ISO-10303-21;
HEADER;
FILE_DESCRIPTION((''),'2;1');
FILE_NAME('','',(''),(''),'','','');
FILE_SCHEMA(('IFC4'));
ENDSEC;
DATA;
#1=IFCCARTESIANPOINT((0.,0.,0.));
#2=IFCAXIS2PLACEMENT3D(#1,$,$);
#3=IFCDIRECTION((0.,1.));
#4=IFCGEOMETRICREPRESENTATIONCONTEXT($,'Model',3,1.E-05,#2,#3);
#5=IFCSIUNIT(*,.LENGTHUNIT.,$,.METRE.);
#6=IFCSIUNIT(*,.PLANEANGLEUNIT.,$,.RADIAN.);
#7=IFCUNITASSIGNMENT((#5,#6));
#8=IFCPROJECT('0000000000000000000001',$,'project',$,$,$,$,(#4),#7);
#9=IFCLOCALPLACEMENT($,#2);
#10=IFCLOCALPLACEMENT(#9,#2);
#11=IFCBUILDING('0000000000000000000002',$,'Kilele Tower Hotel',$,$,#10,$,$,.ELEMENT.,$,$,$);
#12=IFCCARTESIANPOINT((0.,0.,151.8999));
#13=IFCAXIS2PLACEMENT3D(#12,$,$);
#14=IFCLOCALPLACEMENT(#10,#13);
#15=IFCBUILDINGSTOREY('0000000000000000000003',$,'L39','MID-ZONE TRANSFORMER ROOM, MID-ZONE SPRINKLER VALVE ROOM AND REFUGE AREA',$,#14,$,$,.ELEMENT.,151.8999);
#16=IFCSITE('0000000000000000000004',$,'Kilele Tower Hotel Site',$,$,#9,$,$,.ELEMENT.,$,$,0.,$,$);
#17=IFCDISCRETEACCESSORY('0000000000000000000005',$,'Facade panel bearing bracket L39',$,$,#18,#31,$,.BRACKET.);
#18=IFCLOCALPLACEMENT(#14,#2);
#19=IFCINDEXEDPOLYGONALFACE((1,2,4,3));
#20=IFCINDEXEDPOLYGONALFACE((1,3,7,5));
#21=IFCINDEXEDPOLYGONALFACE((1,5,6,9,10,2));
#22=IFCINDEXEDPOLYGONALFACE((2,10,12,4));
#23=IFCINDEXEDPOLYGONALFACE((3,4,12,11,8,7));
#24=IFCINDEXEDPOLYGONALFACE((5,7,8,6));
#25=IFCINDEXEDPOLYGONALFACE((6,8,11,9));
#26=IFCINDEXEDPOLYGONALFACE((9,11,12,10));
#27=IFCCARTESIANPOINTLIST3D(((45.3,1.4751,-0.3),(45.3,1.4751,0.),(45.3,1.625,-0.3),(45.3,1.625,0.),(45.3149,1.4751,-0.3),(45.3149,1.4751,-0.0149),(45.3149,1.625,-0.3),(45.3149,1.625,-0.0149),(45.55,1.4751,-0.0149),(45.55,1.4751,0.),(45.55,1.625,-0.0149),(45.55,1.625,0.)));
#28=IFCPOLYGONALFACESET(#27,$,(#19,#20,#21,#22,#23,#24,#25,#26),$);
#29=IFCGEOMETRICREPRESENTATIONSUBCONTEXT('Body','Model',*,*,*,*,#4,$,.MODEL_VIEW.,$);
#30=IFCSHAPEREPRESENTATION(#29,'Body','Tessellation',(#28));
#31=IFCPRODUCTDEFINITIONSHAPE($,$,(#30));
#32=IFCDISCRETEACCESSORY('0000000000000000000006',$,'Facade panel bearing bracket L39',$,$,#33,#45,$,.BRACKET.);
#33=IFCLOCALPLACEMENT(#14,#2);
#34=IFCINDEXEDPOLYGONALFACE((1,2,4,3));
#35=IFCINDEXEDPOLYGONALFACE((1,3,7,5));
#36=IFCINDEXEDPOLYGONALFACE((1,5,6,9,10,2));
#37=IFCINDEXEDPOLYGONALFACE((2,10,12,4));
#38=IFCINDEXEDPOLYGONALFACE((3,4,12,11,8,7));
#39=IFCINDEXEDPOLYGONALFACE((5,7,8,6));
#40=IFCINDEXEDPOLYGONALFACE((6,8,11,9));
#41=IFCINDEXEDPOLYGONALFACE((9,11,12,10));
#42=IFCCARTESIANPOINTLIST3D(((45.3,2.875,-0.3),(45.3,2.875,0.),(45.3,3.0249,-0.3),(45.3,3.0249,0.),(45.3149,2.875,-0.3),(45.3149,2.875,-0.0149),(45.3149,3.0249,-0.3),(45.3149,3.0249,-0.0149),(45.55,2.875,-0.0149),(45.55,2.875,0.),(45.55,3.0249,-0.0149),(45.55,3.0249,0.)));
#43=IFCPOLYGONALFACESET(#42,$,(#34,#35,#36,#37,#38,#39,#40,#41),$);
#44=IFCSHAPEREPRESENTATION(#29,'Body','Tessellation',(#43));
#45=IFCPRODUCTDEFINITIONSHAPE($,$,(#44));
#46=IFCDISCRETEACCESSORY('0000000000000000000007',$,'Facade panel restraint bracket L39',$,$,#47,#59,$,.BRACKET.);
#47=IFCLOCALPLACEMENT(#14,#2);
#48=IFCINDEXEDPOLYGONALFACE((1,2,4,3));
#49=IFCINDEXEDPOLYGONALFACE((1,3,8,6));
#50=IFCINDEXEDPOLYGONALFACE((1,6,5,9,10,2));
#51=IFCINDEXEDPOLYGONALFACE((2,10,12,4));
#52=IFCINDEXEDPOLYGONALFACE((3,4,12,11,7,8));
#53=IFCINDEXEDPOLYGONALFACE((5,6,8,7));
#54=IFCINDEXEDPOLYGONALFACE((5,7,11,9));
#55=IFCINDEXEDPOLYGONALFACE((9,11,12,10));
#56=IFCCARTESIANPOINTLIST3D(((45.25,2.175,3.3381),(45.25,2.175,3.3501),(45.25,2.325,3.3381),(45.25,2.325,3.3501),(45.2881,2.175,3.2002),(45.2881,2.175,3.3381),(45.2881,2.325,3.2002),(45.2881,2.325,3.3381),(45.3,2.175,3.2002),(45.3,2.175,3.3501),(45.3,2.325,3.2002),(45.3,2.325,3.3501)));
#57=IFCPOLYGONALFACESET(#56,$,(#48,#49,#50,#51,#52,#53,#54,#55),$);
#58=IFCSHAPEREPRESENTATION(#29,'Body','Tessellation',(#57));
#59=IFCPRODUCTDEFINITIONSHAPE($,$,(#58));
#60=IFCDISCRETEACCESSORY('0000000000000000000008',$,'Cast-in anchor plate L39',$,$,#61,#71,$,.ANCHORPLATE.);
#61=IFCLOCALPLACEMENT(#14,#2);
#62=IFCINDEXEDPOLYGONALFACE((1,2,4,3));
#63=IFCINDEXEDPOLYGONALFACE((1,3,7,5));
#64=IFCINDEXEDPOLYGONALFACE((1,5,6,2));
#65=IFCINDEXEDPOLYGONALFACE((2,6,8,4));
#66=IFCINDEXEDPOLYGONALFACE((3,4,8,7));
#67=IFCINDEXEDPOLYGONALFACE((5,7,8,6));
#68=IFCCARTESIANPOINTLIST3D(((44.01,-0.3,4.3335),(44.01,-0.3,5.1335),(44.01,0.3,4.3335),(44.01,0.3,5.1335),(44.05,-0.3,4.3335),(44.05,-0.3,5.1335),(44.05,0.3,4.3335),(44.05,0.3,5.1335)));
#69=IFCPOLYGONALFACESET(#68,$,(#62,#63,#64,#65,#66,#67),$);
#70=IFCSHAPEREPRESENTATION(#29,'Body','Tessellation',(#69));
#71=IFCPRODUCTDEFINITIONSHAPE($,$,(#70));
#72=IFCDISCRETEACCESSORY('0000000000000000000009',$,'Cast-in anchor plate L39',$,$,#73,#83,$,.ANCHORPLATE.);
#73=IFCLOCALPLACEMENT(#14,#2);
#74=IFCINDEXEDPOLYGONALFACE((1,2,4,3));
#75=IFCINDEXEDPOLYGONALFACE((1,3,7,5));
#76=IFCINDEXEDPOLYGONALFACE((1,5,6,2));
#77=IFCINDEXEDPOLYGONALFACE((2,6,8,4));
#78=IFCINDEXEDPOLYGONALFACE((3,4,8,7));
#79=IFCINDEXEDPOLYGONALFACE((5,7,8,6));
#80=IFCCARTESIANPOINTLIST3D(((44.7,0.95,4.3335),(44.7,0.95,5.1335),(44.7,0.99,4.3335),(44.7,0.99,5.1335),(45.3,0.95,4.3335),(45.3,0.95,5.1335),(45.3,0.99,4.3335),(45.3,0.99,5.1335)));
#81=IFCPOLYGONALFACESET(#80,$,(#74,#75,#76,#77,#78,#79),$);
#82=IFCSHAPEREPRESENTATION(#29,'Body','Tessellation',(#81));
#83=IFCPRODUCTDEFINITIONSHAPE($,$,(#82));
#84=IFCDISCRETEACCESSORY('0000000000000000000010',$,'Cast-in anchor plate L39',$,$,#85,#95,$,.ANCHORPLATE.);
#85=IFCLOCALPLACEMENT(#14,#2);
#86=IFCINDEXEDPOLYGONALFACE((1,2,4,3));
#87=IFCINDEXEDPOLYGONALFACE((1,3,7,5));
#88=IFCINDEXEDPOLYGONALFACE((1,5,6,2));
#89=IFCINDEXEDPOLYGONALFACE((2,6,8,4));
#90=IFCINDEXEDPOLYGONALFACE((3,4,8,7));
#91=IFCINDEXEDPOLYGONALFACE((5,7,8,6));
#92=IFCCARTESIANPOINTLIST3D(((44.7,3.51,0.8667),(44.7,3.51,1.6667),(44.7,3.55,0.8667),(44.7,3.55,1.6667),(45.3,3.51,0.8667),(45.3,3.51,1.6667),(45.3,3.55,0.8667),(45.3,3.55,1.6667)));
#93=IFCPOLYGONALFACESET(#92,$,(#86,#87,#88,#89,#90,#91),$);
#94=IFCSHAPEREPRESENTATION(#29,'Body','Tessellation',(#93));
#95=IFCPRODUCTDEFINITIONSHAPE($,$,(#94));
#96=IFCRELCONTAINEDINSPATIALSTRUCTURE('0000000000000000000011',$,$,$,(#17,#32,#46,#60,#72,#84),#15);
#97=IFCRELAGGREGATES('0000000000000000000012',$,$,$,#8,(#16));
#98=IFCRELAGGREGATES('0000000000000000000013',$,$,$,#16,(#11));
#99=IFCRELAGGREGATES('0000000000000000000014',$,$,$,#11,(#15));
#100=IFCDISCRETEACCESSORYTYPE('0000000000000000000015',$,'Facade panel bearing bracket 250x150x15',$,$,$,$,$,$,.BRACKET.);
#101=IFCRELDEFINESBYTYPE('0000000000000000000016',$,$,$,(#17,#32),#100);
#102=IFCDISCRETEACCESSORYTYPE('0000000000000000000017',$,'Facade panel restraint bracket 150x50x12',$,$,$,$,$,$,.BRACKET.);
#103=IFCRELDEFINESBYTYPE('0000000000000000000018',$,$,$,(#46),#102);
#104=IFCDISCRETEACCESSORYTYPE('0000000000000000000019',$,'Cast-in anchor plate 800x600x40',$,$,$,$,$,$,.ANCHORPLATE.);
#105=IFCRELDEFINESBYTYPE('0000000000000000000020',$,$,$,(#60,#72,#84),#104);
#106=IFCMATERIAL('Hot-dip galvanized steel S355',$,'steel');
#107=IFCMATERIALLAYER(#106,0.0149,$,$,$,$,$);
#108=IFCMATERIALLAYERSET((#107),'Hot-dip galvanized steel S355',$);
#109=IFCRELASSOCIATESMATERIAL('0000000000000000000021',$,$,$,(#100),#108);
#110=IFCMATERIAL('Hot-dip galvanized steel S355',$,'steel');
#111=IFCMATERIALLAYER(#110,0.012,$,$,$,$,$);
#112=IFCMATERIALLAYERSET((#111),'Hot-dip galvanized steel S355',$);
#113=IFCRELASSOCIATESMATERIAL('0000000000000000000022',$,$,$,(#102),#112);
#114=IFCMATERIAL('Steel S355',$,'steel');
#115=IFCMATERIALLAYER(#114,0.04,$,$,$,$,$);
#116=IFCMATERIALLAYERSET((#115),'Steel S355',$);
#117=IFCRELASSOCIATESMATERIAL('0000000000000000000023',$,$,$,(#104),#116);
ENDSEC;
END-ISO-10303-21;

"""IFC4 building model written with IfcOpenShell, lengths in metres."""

from ifc_helpers import new_model, si_unit, direction, frame, origin, place, context, subcontext, project, spatial, polyline, outline, extrude, source, transform, mapped, material, layer, layer_set, type_object, element, save


model = new_model("IFC4")

# Units and contexts
model_context = context("Model", 3, precision=1e-05, world=origin(), true_north=direction((0.0, 1.0)))
body_context = subcontext(model_context, "Body", "Model", "MODEL_VIEW")
ifc_project = project(units=[si_unit("LENGTHUNIT", "METRE"), si_unit("PLANEANGLEUNIT", "RADIAN")], contexts=[model_context])

# Site, building, storey
site_placement = place(None, origin())
site = spatial("IfcSite", under=ifc_project, at=site_placement, Name="Kilele Tower Hotel Site", CompositionType="ELEMENT", RefElevation=0.0)
building_placement = place(site_placement, origin())
building = spatial("IfcBuilding", under=site, at=building_placement, Name="Kilele Tower Hotel", CompositionType="ELEMENT")
storey_placement = place(building_placement, frame((0.0, 0.0, 151.8999)))
storey = spatial("IfcBuildingStorey", under=building, at=storey_placement, Name="L39", Description="MID-ZONE TRANSFORMER ROOM, MID-ZONE SPRINKLER VALVE ROOM AND REFUGE AREA", CompositionType="ELEMENT", Elevation=151.8999)

# Discrete accessories
ifc_material_1 = material(Name="Hot-dip galvanized steel S355", Category="steel")
ifc_layer_1 = layer(ifc_material_1, 0.0149)
ifc_layer_set_1 = layer_set([ifc_layer_1], Name="Hot-dip galvanized steel S355")
discrete_accessory_type_1 = type_object("IfcDiscreteAccessoryType", Name="Facade panel bearing bracket 250x150x15", PredefinedType="BRACKET", material=ifc_layer_set_1)
shared_shape_1 = source(origin(), body_context, "Body", "SweptSolid", [
    extrude(outline(polyline([(0.0, 0.0), (0.25, 0.0), (0.25, -0.0149), (0.0149, -0.0149), (0.0149, -0.3), (0.0, -0.3), (0.0, 0.0)])), origin(), (0.0, 0.0, 1.0), 0.1499),
])
for number, where, z_axis, x_axis, name in (
    (1, (45.3, 1.625, 0.0), (0.0, -1.0, 0.0), (1.0, 0.0, 0.0), "Facade panel bearing bracket L39"),
    (2, (45.3, 3.0249, 0.0), (0.0, -1.0, 0.0), (1.0, 0.0, 0.0), "Facade panel bearing bracket L39"),
):
    element("IfcDiscreteAccessory", number, at=place(storey_placement, frame(where, z_axis=z_axis, x_axis=x_axis)), inside=storey, type_object=discrete_accessory_type_1, Name=name, PredefinedType="BRACKET", context=body_context, shape_type="MappedRepresentation", body=[
        mapped(shared_shape_1, transform((0.0, 0.0, 0.0))),
    ])
ifc_material_2 = material(Name="Hot-dip galvanized steel S355", Category="steel")
ifc_layer_2 = layer(ifc_material_2, 0.012)
ifc_layer_set_2 = layer_set([ifc_layer_2], Name="Hot-dip galvanized steel S355")
discrete_accessory_type_2 = type_object("IfcDiscreteAccessoryType", Name="Facade panel restraint bracket 150x50x12", PredefinedType="BRACKET", material=ifc_layer_set_2)
shared_shape_2 = source(origin(), body_context, "Body", "SweptSolid", [
    extrude(outline(polyline([(0.0, 0.0), (0.0, -0.1499), (-0.012, -0.1499), (-0.012, -0.012), (-0.05, -0.012), (-0.05, 0.0), (0.0, 0.0)])), origin(), (0.0, 0.0, 1.0), 0.1499),
])
discrete_accessory_placement = place(storey_placement, frame((45.3, 2.325, 3.3501), z_axis=(0.0, -1.0, 0.0), x_axis=(1.0, 0.0, 0.0)))
element("IfcDiscreteAccessory", 3, at=discrete_accessory_placement, inside=storey, type_object=discrete_accessory_type_2, Name="Facade panel restraint bracket L39", PredefinedType="BRACKET", context=body_context, shape_type="MappedRepresentation", body=[
    mapped(shared_shape_2, transform((0.0, 0.0, 0.0))),
])
ifc_material_3 = material(Name="Steel S355", Category="steel")
ifc_layer_3 = layer(ifc_material_3, 0.04)
ifc_layer_set_3 = layer_set([ifc_layer_3], Name="Steel S355")
discrete_accessory_type_3 = type_object("IfcDiscreteAccessoryType", Name="Cast-in anchor plate 800x600x40", PredefinedType="ANCHORPLATE", material=ifc_layer_set_3)
shared_shape_3 = source(origin(), body_context, "Body", "SweptSolid", [
    extrude(outline(polyline([(0.0, 0.0), (0.04, 0.0), (0.04, 0.8), (0.0, 0.8), (0.0, 0.0)])), origin(), (0.0, 0.0, 1.0), 0.6001),
])
for number, where, z_axis, x_axis, name in (
    (4, (44.05, -0.3, 4.3335), (0.0, 1.0, 0.0), (-1.0, 0.0, 0.0), "Cast-in anchor plate L39"),
    (5, (44.7, 0.95, 4.3335), (1.0, 0.0, 0.0), (0.0, 1.0, 0.0), "Cast-in anchor plate L39"),
    (6, (45.3, 3.55, 0.8667), (-1.0, 0.0, 0.0), (0.0, -1.0, 0.0), "Cast-in anchor plate L39"),
):
    element("IfcDiscreteAccessory", number, at=place(storey_placement, frame(where, z_axis=z_axis, x_axis=x_axis)), inside=storey, type_object=discrete_accessory_type_3, Name=name, PredefinedType="ANCHORPLATE", context=body_context, shape_type="MappedRepresentation", body=[
        mapped(shared_shape_3, transform((0.0, 0.0, 0.0))),
    ])

save(model, "model.ifc")
